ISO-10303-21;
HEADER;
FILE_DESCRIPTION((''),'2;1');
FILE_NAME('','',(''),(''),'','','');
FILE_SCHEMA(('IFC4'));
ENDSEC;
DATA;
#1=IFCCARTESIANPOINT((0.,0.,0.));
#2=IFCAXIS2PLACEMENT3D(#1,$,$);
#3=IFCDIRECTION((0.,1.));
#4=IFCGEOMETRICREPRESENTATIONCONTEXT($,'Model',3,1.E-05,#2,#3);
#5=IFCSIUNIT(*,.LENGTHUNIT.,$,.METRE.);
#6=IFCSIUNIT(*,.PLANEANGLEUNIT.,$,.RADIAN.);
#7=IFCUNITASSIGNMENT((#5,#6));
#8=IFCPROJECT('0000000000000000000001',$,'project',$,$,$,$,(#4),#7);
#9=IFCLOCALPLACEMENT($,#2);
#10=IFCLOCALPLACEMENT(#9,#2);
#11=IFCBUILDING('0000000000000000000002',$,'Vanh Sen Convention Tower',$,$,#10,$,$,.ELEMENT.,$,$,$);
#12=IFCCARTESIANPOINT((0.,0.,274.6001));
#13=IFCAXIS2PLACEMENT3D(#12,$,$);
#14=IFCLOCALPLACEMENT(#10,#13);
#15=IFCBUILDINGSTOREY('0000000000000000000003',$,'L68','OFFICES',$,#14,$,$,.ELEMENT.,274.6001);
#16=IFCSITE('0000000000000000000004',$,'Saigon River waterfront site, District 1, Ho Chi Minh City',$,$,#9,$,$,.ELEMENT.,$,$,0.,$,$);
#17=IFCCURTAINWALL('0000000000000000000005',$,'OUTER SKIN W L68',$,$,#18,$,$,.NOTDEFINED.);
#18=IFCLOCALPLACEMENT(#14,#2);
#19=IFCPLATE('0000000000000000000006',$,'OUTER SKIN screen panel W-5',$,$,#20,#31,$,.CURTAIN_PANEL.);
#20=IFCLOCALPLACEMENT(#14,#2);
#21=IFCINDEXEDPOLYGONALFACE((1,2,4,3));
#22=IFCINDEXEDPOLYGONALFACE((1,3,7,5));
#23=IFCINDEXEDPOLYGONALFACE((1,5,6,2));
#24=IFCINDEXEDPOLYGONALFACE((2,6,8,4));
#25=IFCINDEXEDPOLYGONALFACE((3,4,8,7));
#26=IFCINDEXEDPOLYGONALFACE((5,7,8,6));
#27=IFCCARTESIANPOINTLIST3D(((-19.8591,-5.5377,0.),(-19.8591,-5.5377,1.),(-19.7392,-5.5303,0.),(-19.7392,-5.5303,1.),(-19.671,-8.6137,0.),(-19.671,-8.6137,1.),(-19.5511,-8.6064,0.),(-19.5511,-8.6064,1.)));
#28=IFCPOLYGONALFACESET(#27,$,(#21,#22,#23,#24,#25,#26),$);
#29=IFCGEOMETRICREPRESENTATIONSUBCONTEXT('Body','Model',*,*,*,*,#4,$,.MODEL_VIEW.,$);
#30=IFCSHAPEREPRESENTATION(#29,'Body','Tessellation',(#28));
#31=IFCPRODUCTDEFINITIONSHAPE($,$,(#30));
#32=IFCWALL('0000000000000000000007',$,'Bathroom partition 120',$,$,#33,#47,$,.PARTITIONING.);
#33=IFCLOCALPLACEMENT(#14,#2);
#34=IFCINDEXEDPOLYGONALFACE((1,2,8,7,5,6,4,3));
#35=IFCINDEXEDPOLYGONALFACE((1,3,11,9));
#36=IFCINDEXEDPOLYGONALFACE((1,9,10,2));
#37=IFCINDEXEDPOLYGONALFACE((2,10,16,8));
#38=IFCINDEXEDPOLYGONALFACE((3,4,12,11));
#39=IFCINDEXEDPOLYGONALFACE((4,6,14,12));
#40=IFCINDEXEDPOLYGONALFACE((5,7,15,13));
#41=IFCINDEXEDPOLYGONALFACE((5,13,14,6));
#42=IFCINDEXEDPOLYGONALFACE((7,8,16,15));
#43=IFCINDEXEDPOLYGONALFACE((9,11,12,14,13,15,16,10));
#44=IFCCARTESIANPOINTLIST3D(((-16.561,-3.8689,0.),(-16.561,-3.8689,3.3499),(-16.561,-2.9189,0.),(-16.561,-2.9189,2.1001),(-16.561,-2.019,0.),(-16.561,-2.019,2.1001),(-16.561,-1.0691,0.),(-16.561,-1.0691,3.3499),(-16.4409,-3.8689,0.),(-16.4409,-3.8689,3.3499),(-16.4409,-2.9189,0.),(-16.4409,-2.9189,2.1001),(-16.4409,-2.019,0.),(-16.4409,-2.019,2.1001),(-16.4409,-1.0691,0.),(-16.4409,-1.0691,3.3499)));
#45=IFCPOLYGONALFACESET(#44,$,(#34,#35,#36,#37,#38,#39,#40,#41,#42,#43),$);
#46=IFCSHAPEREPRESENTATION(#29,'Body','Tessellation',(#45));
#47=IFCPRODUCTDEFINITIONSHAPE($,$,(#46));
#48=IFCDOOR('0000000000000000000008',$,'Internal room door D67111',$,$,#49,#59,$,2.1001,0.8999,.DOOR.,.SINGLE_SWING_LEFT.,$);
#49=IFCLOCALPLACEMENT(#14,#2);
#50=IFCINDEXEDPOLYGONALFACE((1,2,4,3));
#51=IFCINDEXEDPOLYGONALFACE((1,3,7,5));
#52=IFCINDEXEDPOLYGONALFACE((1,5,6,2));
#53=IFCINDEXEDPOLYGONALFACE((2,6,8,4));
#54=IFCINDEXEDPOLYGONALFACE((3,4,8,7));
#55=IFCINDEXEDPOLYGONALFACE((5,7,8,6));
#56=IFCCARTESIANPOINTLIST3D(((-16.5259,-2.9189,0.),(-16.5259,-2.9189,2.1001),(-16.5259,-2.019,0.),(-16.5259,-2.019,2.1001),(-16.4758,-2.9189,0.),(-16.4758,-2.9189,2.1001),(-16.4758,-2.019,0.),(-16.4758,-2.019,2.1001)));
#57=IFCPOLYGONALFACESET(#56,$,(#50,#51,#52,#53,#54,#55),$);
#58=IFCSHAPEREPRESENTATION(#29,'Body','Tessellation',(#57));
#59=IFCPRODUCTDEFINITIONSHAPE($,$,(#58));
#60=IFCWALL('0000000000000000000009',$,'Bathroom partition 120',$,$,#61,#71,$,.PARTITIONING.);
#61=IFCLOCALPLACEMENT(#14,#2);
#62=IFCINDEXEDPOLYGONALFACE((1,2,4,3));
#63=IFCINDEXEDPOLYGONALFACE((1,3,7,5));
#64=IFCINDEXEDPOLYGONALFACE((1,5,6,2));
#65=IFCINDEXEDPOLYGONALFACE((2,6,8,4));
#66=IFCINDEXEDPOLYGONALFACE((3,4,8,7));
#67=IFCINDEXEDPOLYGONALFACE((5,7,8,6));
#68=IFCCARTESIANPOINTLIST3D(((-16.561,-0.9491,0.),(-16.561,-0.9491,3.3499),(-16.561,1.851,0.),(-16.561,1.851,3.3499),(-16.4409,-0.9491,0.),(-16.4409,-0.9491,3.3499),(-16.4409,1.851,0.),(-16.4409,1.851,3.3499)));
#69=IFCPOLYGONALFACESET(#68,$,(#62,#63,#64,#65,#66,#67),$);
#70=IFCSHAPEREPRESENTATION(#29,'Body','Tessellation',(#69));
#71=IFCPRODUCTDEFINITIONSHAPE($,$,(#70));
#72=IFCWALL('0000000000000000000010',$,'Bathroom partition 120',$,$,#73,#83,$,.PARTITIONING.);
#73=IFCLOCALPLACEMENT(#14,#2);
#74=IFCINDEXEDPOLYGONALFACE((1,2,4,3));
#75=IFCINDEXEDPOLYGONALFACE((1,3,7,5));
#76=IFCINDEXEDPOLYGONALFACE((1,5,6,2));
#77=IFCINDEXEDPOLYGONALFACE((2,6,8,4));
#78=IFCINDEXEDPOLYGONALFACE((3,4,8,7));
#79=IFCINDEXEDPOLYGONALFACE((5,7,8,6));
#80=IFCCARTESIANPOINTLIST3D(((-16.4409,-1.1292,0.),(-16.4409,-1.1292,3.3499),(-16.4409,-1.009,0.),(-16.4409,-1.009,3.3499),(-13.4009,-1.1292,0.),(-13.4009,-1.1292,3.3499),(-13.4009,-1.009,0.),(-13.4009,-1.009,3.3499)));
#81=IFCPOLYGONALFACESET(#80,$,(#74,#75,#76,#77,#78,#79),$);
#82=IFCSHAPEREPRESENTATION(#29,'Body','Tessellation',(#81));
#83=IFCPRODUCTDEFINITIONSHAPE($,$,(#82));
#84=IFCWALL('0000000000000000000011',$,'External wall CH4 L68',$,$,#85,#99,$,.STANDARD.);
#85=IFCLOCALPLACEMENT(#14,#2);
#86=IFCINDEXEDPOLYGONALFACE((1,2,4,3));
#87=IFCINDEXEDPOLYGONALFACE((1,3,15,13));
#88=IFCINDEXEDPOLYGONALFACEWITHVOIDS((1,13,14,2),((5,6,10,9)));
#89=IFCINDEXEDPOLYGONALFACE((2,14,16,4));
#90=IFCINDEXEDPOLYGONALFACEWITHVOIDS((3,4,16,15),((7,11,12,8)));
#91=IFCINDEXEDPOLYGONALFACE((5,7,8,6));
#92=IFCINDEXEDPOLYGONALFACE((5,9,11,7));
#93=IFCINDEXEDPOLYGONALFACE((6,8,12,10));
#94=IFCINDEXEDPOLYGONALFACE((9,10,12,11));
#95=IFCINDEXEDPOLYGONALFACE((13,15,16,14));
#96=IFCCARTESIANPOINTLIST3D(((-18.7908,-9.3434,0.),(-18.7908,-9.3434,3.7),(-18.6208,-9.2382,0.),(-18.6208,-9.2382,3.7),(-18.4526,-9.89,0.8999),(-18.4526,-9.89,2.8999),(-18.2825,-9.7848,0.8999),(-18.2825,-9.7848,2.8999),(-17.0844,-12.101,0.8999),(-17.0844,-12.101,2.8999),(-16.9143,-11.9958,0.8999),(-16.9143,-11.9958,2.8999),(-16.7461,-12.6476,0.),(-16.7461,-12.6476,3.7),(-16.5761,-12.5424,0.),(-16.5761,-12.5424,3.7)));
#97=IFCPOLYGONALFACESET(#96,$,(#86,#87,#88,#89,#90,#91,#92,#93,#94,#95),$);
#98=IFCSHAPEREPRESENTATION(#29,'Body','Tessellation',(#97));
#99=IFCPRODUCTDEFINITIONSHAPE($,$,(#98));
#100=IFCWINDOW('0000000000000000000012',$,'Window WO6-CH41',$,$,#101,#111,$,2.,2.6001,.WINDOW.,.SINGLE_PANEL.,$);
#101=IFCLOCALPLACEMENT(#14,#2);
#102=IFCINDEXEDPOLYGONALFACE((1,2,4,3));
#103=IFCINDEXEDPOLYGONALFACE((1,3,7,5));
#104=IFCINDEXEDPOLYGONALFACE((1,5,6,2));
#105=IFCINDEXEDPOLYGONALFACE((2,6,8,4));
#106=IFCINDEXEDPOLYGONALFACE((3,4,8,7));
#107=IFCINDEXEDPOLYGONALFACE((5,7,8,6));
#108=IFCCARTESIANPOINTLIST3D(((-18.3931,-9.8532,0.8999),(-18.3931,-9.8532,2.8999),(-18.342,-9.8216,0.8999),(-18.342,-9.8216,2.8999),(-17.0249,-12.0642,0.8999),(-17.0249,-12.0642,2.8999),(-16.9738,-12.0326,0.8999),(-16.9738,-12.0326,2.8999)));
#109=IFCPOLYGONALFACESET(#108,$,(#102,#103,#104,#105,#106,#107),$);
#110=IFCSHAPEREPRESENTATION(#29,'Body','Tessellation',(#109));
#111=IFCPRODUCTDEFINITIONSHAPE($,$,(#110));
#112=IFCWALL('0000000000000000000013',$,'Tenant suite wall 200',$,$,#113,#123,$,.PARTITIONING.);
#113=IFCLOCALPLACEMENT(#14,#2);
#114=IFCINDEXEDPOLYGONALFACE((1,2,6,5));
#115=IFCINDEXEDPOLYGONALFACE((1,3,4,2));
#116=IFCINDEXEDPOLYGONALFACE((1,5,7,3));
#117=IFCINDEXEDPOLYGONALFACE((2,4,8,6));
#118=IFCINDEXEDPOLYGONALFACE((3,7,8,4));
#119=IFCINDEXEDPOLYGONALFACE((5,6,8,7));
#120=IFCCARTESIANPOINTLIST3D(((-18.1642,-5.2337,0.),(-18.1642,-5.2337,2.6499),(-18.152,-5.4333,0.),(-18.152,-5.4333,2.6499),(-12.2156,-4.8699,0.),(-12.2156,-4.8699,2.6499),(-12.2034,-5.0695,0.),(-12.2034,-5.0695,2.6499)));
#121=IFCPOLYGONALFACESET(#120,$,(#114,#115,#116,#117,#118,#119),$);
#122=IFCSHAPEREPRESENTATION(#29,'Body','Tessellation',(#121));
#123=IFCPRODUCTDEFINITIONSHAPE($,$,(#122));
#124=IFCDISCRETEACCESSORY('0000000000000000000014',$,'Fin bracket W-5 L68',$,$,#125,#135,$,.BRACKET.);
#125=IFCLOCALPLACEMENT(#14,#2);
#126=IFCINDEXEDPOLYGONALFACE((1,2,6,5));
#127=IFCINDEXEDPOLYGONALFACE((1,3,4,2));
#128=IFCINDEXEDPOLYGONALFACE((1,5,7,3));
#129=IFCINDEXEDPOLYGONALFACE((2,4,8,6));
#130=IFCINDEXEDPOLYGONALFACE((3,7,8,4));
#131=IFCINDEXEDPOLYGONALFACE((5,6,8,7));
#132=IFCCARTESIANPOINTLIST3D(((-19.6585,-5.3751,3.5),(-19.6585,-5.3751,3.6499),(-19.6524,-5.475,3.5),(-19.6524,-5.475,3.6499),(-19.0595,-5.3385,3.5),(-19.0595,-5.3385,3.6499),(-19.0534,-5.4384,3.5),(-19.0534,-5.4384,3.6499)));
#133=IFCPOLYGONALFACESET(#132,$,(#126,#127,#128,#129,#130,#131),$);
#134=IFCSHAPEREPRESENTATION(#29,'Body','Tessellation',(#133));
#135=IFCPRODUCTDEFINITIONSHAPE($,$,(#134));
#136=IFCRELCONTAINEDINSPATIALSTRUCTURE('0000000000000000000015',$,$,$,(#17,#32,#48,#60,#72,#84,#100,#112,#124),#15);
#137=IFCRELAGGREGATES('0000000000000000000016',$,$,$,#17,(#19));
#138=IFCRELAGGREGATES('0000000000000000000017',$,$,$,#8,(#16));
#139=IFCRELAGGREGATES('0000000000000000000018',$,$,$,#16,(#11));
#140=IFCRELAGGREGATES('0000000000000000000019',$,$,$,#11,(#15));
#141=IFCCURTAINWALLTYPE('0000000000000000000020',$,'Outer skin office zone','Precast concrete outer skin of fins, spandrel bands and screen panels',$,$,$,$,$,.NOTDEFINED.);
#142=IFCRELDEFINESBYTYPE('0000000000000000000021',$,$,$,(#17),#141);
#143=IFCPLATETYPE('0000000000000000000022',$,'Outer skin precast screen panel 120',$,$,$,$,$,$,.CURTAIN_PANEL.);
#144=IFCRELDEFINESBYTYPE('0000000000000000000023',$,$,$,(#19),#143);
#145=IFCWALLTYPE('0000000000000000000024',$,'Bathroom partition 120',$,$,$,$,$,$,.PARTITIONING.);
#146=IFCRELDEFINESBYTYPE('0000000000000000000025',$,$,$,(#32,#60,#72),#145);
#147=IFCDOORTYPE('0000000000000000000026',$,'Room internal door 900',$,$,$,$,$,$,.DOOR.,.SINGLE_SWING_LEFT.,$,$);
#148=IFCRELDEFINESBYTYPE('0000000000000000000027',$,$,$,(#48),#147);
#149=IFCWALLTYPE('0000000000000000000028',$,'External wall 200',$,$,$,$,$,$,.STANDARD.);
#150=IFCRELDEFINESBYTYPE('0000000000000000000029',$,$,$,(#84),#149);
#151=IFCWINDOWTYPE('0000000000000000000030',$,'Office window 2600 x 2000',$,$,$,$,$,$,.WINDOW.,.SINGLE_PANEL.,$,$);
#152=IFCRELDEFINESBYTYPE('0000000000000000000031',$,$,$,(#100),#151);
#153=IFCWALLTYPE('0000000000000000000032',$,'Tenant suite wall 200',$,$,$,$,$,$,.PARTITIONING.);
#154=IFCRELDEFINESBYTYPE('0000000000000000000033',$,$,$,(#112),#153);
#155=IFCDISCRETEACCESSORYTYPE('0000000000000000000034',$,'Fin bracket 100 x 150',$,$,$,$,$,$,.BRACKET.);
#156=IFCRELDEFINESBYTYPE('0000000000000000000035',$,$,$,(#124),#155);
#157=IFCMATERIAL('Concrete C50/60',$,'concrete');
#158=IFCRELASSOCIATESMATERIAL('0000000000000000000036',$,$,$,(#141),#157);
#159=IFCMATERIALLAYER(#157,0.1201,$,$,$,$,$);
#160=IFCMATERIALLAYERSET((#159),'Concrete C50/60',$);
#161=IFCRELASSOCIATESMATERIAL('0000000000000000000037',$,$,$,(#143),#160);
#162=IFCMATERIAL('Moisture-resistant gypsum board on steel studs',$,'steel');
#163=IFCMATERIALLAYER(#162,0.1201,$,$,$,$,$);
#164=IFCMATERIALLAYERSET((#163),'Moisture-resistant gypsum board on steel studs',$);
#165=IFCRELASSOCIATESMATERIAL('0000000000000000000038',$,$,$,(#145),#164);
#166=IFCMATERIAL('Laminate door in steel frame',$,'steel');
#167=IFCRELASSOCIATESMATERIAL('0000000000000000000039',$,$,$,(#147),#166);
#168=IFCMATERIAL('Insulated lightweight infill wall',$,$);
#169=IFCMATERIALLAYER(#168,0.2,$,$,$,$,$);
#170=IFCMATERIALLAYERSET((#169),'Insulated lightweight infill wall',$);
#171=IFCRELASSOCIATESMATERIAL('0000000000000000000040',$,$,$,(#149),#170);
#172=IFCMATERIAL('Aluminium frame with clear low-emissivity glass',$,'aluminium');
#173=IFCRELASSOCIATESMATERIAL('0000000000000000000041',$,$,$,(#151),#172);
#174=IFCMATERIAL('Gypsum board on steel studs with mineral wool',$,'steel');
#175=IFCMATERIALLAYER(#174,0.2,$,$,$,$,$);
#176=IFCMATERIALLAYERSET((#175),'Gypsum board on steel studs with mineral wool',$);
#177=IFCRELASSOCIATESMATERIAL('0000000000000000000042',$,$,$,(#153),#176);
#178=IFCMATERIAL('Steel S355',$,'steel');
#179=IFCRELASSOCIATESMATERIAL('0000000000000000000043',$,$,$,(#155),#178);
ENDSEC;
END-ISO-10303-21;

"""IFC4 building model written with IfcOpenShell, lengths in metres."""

from ifc_helpers import new_model, si_unit, direction, frame, frame_2d, origin, origin_2d, place, context, subcontext, project, spatial, rectangle, extrude, material, layer, layer_set, type_object, element, fill, aggregate, save


model = new_model("IFC4")

# Units and contexts
model_context = context("Model", 3, precision=1e-05, world=origin(), true_north=direction((0.0, 1.0)))
body_context = subcontext(model_context, "Body", "Model", "MODEL_VIEW")
ifc_project = project(units=[si_unit("LENGTHUNIT", "METRE"), si_unit("PLANEANGLEUNIT", "RADIAN")], contexts=[model_context])

# Site, building, storey
site_placement = place(None, origin())
site = spatial("IfcSite", under=ifc_project, at=site_placement, Name="Saigon River waterfront site, District 1, Ho Chi Minh City", CompositionType="ELEMENT", RefElevation=0.0)
building_placement = place(site_placement, origin())
building = spatial("IfcBuilding", under=site, at=building_placement, Name="Vanh Sen Convention Tower", CompositionType="ELEMENT")
storey_placement = place(building_placement, frame((0.0, 0.0, 274.6001)))
storey = spatial("IfcBuildingStorey", under=building, at=storey_placement, Name="L68", Description="OFFICES", CompositionType="ELEMENT", Elevation=274.6001)

# Curtain wall
ifc_material_1 = material(Name="Concrete C50/60", Category="concrete")
curtain_wall_type = type_object("IfcCurtainWallType", Name="Outer skin office zone", Description="Precast concrete outer skin of fins, spandrel bands and screen panels", PredefinedType="NOTDEFINED", material=ifc_material_1)
curtain_wall_1_placement = place(storey_placement, origin())
curtain_wall_1 = element("IfcCurtainWall", 1, at=curtain_wall_1_placement, inside=storey, type_object=curtain_wall_type, Name="OUTER SKIN W L68", PredefinedType="NOTDEFINED")

# Plate
ifc_layer_1 = layer(ifc_material_1, 0.1201)
ifc_layer_set_1 = layer_set([ifc_layer_1], Name="Concrete C50/60")
plate_type = type_object("IfcPlateType", Name="Outer skin precast screen panel 120", PredefinedType="CURTAIN_PANEL", material=ifc_layer_set_1)
plate_1_placement = place(storey_placement, frame((-19.7051, -7.072, 0.0), z_axis=(0.0, 0.0, 1.0), x_axis=(0.06105, -0.998135, 0.0)))
plate_1 = element("IfcPlate", 2, at=plate_1_placement, type_object=plate_type, Name="OUTER SKIN screen panel W-5", PredefinedType="CURTAIN_PANEL", context=body_context, shape_type="SweptSolid", body=[
    extrude(rectangle(XDim=3.0818, YDim=0.1201, at=origin_2d()), origin(), (0.0, 0.0, 1.0), 1.0),
])
aggregate(curtain_wall_1, [plate_1])

# Wall, opening, door
ifc_material_2 = material(Name="Moisture-resistant gypsum board on steel studs", Category="steel")
ifc_layer_2 = layer(ifc_material_2, 0.1201)
ifc_layer_set_2 = layer_set([ifc_layer_2], Name="Moisture-resistant gypsum board on steel studs")
wall_type_1 = type_object("IfcWallType", Name="Bathroom partition 120", PredefinedType="PARTITIONING", material=ifc_layer_set_2)
wall_1_placement = place(storey_placement, frame((-16.501, -3.8689, 0.0), z_axis=(0.0, 0.0, 1.0), x_axis=(0.0, 1.0, 0.0)))
wall_1 = element("IfcWall", 3, at=wall_1_placement, inside=storey, type_object=wall_type_1, Name="Bathroom partition 120", PredefinedType="PARTITIONING", context=body_context, shape_type="SweptSolid", body=[
    extrude(rectangle(XDim=2.7998, YDim=0.1201, at=frame_2d((1.3999, 0.0))), origin(), (0.0, 0.0, 1.0), 3.3499),
])
opening_1_placement = place(wall_1_placement, frame((0.95, 0.0, 0.0)))
opening_1 = element("IfcOpeningElement", 4, at=opening_1_placement, cuts=wall_1, PredefinedType="OPENING", context=body_context, shape_type="SweptSolid", body=[
    extrude(rectangle(XDim=0.8999, YDim=2.1001, at=frame_2d((0.45, 1.05))), frame((0.0, 0.0701, 0.0), z_axis=(0.0, -1.0, 0.0), x_axis=(1.0, 0.0, 0.0)), (0.0, 0.0, 1.0), 0.1401),
])
ifc_material_3 = material(Name="Laminate door in steel frame", Category="steel")
door_type = type_object("IfcDoorType", Name="Room internal door 900", OperationType="SINGLE_SWING_LEFT", PredefinedType="DOOR", material=ifc_material_3)
door_placement = place(opening_1_placement, origin())
door = element("IfcDoor", 5, at=door_placement, inside=storey, type_object=door_type, Name="Internal room door D67111", OperationType="SINGLE_SWING_LEFT", OverallHeight=2.1001, OverallWidth=0.8999, PredefinedType="DOOR", context=body_context, shape_type="SweptSolid", body=[
    extrude(rectangle(XDim=0.8999, YDim=2.1001, at=frame_2d((0.45, 1.05))), frame((0.0, 0.0249, 0.0), z_axis=(0.0, -1.0, 0.0), x_axis=(1.0, 0.0, 0.0)), (0.0, 0.0, 1.0), 0.05),
])
fill(opening_1, door)

# Walls
wall_2_placement = place(storey_placement, frame((-16.501, -0.949, 0.0), z_axis=(0.0, 0.0, 1.0), x_axis=(0.0, 1.0, 0.0)))
element("IfcWall", 6, at=wall_2_placement, inside=storey, type_object=wall_type_1, Name="Bathroom partition 120", PredefinedType="PARTITIONING", context=body_context, shape_type="SweptSolid", body=[
    extrude(rectangle(XDim=2.8, YDim=0.1201, at=frame_2d((1.3999, 0.0))), origin(), (0.0, 0.0, 1.0), 3.3499),
])
wall_3_placement = place(storey_placement, frame((-16.4409, -1.0691, 0.0), z_axis=(0.0, 0.0, 1.0), x_axis=(1.0, 0.0, 0.0)))
element("IfcWall", 7, at=wall_3_placement, inside=storey, type_object=wall_type_1, Name="Bathroom partition 120", PredefinedType="PARTITIONING", context=body_context, shape_type="SweptSolid", body=[
    extrude(rectangle(XDim=3.04, YDim=0.1201, at=frame_2d((1.52, 0.0))), origin(), (0.0, 0.0, 1.0), 3.3499),
])

# Wall, opening, window
ifc_material_4 = material(Name="Insulated lightweight infill wall")
ifc_layer_3 = layer(ifc_material_4, 0.2)
ifc_layer_set_3 = layer_set([ifc_layer_3], Name="Insulated lightweight infill wall")
wall_type_2 = type_object("IfcWallType", Name="External wall 200", PredefinedType="STANDARD", material=ifc_layer_set_3)
wall_4_placement = place(storey_placement, frame((-18.7058, -9.2908, 0.0), z_axis=(0.0, 0.0, 1.0), x_axis=(0.52621, -0.850355, 0.0)))
wall_4 = element("IfcWall", 8, at=wall_4_placement, inside=storey, type_object=wall_type_2, Name="External wall CH4 L68", PredefinedType="STANDARD", context=body_context, shape_type="SweptSolid", body=[
    extrude(rectangle(XDim=3.8857, YDim=0.2, at=frame_2d((1.9429, 0.0))), origin(), (0.0, 0.0, 1.0), 3.7),
])
opening_2_placement = place(wall_4_placement, frame((0.6428, 0.0, 0.8999)))
opening_2 = element("IfcOpeningElement", 9, at=opening_2_placement, cuts=wall_4, PredefinedType="OPENING", context=body_context, shape_type="SweptSolid", body=[
    extrude(rectangle(XDim=2.6001, YDim=2.0, at=frame_2d((1.3, 1.0))), frame((0.0, 0.1099, 0.0), z_axis=(0.0, -1.0, 0.0), x_axis=(1.0, 0.0, 0.0)), (0.0, 0.0, 1.0), 0.22),
])
ifc_material_5 = material(Name="Aluminium frame with clear low-emissivity glass", Category="aluminium")
window_type = type_object("IfcWindowType", Name="Office window 2600 x 2000", PartitioningType="SINGLE_PANEL", PredefinedType="WINDOW", material=ifc_material_5)
window_placement = place(opening_2_placement, origin())
window = element("IfcWindow", 10, at=window_placement, inside=storey, type_object=window_type, Name="Window WO6-CH41", OverallHeight=2.0, OverallWidth=2.6001, PartitioningType="SINGLE_PANEL", PredefinedType="WINDOW", context=body_context, shape_type="SweptSolid", body=[
    extrude(rectangle(XDim=2.6001, YDim=2.0, at=frame_2d((1.3, 1.0))), frame((0.0, 0.03, 0.0), z_axis=(0.0, -1.0, 0.0), x_axis=(1.0, 0.0, 0.0)), (0.0, 0.0, 1.0), 0.0601),
])
fill(opening_2, window)

# Wall
ifc_material_6 = material(Name="Gypsum board on steel studs with mineral wool", Category="steel")
ifc_layer_4 = layer(ifc_material_6, 0.2)
ifc_layer_set_4 = layer_set([ifc_layer_4], Name="Gypsum board on steel studs with mineral wool")
wall_type_3 = type_object("IfcWallType", Name="Tenant suite wall 200", PredefinedType="PARTITIONING", material=ifc_layer_set_4)
wall_5_placement = place(storey_placement, frame((-18.1582, -5.3335, 0.0), z_axis=(0.0, 0.0, 1.0), x_axis=(0.998135, 0.061039, 0.0)))
element("IfcWall", 11, at=wall_5_placement, inside=storey, type_object=wall_type_3, Name="Tenant suite wall 200", PredefinedType="PARTITIONING", context=body_context, shape_type="SweptSolid", body=[
    extrude(rectangle(XDim=5.9597, YDim=0.2, at=frame_2d((2.98, 0.0))), origin(), (0.0, 0.0, 1.0), 2.6499),
])

# Discrete accessory
ifc_material_7 = material(Name="Steel S355", Category="steel")
discrete_accessory_type = type_object("IfcDiscreteAccessoryType", Name="Fin bracket 100 x 150", PredefinedType="BRACKET", material=ifc_material_7)
discrete_accessory_placement = place(storey_placement, frame((-19.356, -5.4067, 3.5), z_axis=(0.0, 0.0, 1.0), x_axis=(-0.998135, -0.061049, 0.0)))
element("IfcDiscreteAccessory", 12, at=discrete_accessory_placement, inside=storey, type_object=discrete_accessory_type, Name="Fin bracket W-5 L68", PredefinedType="BRACKET", context=body_context, shape_type="SweptSolid", body=[
    extrude(rectangle(XDim=0.6001, YDim=0.1001, at=origin_2d()), origin(), (0.0, 0.0, 1.0), 0.1499),
])

save(model, "model.ifc")
